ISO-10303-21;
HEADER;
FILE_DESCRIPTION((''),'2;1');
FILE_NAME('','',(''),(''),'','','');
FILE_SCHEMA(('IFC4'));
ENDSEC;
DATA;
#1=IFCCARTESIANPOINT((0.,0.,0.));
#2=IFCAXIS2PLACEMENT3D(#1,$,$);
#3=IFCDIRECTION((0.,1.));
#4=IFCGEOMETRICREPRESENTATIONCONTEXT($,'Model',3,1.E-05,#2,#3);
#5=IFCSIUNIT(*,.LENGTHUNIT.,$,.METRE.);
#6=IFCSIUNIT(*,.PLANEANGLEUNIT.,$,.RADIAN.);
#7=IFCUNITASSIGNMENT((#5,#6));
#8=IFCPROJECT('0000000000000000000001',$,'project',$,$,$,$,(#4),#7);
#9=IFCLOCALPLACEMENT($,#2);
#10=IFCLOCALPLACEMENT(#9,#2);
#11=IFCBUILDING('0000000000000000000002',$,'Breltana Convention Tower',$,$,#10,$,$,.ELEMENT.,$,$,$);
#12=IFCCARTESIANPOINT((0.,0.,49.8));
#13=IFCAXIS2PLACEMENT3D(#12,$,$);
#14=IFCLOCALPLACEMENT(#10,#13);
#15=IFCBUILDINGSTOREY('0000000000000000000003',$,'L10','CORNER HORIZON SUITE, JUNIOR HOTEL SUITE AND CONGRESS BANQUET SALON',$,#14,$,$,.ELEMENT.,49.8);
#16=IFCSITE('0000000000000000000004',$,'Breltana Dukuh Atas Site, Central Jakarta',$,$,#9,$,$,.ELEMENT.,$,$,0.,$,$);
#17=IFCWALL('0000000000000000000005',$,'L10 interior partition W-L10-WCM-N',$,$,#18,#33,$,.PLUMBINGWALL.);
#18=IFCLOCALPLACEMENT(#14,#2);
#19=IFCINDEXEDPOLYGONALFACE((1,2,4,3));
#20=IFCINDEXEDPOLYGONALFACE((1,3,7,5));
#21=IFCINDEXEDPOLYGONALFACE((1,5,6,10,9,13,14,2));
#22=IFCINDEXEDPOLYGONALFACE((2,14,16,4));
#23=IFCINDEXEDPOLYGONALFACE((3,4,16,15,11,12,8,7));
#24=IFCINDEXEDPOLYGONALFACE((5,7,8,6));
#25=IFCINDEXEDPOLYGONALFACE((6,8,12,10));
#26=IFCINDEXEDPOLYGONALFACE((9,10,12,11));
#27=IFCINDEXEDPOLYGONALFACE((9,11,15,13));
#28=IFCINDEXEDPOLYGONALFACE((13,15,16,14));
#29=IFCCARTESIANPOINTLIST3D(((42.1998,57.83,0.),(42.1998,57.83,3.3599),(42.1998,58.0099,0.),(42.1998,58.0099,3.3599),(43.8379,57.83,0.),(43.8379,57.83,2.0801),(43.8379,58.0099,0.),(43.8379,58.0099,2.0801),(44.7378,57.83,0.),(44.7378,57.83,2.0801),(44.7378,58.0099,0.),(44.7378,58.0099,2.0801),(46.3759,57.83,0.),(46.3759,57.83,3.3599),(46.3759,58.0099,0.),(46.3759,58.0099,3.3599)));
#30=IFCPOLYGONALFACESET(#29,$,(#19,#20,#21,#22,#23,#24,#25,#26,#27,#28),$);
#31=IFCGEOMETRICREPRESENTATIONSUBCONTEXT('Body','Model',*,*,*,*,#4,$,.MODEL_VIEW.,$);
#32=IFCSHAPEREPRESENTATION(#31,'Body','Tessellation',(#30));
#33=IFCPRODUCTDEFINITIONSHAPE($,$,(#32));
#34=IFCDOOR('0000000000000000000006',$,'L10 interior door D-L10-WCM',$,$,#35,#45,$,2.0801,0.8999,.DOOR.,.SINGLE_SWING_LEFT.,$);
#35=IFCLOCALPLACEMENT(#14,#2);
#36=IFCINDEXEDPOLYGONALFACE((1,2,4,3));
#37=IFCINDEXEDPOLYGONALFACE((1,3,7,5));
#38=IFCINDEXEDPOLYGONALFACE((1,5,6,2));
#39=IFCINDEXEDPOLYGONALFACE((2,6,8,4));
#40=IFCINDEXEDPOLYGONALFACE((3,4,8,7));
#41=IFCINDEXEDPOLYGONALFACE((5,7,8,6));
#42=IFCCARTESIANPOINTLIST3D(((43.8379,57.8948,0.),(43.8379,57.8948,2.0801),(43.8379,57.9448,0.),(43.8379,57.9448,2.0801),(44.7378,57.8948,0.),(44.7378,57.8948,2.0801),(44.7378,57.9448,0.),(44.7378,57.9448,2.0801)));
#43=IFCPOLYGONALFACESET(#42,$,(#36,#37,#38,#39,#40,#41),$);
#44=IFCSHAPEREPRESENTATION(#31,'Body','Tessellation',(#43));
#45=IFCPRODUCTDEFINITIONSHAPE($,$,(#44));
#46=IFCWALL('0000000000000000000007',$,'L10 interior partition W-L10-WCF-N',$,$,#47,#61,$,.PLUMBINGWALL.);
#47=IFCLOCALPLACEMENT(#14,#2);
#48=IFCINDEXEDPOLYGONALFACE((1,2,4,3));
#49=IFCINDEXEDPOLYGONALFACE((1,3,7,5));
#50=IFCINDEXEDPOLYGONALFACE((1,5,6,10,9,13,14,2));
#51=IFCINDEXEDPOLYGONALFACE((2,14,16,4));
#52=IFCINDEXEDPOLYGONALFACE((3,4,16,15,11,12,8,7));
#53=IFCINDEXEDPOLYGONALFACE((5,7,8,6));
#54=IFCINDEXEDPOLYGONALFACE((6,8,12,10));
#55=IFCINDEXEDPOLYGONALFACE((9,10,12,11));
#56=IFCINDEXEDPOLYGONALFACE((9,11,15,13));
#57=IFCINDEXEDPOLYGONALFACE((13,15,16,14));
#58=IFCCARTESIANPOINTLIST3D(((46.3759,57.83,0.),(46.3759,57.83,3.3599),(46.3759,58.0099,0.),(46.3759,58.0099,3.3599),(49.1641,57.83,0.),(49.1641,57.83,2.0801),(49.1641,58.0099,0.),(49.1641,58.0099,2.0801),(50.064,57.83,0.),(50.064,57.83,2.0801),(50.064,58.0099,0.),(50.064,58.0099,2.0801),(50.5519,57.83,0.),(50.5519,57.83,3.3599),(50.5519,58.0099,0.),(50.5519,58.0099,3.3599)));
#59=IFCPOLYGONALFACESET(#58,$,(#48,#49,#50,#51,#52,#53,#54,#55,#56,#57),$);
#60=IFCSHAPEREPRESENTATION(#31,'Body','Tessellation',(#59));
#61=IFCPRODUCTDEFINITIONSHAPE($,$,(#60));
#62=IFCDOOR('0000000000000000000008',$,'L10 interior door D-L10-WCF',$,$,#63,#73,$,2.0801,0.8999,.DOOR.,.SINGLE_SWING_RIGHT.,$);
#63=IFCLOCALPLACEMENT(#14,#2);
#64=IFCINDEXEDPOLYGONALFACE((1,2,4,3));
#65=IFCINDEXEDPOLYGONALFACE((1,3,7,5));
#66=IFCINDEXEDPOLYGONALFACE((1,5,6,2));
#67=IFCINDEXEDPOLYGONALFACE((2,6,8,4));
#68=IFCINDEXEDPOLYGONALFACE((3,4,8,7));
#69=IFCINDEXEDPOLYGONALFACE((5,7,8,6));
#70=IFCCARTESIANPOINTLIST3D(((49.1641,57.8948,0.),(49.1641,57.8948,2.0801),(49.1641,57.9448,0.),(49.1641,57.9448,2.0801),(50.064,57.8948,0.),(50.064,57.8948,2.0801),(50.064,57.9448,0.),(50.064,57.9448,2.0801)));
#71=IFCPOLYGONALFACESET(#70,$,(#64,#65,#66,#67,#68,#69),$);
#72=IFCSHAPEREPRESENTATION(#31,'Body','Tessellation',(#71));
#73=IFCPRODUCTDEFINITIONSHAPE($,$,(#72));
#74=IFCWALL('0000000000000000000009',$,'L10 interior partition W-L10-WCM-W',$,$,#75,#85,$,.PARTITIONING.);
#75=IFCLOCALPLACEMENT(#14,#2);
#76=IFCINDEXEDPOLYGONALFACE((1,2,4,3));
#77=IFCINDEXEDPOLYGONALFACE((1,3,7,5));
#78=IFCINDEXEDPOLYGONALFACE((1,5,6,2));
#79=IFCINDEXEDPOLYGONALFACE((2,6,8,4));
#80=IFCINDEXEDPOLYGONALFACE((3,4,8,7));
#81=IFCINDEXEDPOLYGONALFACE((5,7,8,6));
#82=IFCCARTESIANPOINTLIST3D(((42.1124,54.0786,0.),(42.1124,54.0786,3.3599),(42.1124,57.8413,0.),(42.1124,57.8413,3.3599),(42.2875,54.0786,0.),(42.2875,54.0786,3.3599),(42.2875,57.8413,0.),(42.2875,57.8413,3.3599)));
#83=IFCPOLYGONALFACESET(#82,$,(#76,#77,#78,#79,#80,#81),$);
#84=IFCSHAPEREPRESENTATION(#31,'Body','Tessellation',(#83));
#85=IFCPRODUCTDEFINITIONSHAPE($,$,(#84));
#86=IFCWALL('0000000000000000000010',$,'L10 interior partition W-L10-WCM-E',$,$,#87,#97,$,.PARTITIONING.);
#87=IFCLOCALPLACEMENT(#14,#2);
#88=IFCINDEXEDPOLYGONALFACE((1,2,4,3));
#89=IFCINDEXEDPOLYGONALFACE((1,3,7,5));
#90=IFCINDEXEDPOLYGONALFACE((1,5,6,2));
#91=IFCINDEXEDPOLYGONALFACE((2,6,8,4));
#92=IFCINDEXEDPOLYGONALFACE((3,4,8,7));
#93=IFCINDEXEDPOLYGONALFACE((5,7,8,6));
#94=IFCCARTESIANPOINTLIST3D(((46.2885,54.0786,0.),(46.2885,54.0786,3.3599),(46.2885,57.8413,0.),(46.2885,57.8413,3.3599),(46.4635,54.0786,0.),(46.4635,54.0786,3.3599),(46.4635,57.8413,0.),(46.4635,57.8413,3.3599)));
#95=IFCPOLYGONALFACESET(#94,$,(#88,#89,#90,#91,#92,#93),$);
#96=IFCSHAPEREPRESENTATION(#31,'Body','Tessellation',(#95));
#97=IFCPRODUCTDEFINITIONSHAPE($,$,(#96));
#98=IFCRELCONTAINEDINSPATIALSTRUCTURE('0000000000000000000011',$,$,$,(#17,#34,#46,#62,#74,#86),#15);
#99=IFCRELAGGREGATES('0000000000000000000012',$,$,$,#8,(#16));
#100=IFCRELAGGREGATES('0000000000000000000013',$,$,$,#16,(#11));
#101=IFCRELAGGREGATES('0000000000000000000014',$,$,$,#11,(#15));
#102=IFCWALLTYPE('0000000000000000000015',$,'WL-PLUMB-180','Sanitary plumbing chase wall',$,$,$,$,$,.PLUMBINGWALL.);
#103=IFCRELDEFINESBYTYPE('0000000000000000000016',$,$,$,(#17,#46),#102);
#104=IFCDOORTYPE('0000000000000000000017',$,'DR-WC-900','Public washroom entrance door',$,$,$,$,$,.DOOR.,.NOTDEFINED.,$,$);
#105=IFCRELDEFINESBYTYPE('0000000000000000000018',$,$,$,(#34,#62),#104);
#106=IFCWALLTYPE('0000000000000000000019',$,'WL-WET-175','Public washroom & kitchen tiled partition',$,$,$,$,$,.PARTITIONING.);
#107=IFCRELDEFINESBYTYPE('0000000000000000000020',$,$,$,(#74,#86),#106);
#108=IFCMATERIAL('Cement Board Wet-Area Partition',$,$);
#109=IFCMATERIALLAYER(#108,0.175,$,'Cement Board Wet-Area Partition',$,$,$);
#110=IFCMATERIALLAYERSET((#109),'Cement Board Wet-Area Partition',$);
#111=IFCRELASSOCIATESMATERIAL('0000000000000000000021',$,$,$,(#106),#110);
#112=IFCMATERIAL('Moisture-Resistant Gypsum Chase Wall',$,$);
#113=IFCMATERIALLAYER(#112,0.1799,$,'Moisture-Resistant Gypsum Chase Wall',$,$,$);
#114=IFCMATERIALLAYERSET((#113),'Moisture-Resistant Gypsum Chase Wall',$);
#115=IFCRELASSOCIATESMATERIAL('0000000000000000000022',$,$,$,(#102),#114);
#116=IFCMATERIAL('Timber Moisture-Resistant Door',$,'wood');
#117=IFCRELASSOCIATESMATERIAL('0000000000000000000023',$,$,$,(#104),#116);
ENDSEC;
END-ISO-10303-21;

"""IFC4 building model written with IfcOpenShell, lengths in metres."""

from ifc_helpers import new_model, si_unit, direction, frame, frame_2d, origin, place, context, subcontext, project, spatial, rectangle, extrude, source, transform, mapped, material, layer, layer_set, type_object, type_shapes, element, fill, save


model = new_model("IFC4")

# Units and contexts
model_context = context("Model", 3, precision=1e-05, world=origin(), true_north=direction((0.0, 1.0)))
body_context = subcontext(model_context, "Body", "Model", "MODEL_VIEW")
ifc_project = project(units=[si_unit("LENGTHUNIT", "METRE"), si_unit("PLANEANGLEUNIT", "RADIAN")], contexts=[model_context])

# Site, building, storey
site_placement = place(None, origin())
site = spatial("IfcSite", under=ifc_project, at=site_placement, Name="Breltana Dukuh Atas Site, Central Jakarta", CompositionType="ELEMENT", RefElevation=0.0)
building_placement = place(site_placement, origin())
building = spatial("IfcBuilding", under=site, at=building_placement, Name="Breltana Convention Tower", CompositionType="ELEMENT")
storey_placement = place(building_placement, frame((0.0, 0.0, 49.8)))
storey = spatial("IfcBuildingStorey", under=building, at=storey_placement, Name="L10", Description="CORNER HORIZON SUITE, JUNIOR HOTEL SUITE AND CONGRESS BANQUET SALON", CompositionType="ELEMENT", Elevation=49.8)

# Shared definitions
ifc_material_1 = material(Name="Cement Board Wet-Area Partition")
ifc_layer_1 = layer(ifc_material_1, 0.175, Name="Cement Board Wet-Area Partition")
ifc_layer_set_1 = layer_set([ifc_layer_1], Name="Cement Board Wet-Area Partition")
wall_type_1 = type_object("IfcWallType", Name="WL-WET-175", Description="Public washroom & kitchen tiled partition", PredefinedType="PARTITIONING", material=ifc_layer_set_1)

# Walls, openings, doors
ifc_material_2 = material(Name="Moisture-Resistant Gypsum Chase Wall")
ifc_layer_2 = layer(ifc_material_2, 0.1799, Name="Moisture-Resistant Gypsum Chase Wall")
ifc_layer_set_2 = layer_set([ifc_layer_2], Name="Moisture-Resistant Gypsum Chase Wall")
wall_type_2 = type_object("IfcWallType", Name="WL-PLUMB-180", Description="Sanitary plumbing chase wall", PredefinedType="PLUMBINGWALL", material=ifc_layer_set_2)
shared_shape_1 = source(origin(), body_context, "Body", "SweptSolid", [
    extrude(rectangle(XDim=4.176, YDim=0.1799, at=frame_2d((2.0879, 0.0))), origin(), (0.0, 0.0, 1.0), 3.3599),
])
wall_1_placement = place(storey_placement, frame((42.2, 57.9199, 0.0), z_axis=(0.0, 0.0, 1.0), x_axis=(1.0, 0.0, 0.0)))
wall_1 = element("IfcWall", 1, at=wall_1_placement, inside=storey, type_object=wall_type_2, Name="L10 interior partition W-L10-WCM-N", PredefinedType="PLUMBINGWALL", context=body_context, shape_type="MappedRepresentation", body=[
    mapped(shared_shape_1, transform((0.0, 0.0, 0.0), scale=1.0)),
])
opening_1_placement = place(wall_1_placement, frame((1.6379, 0.0, 0.0)))
opening_1 = element("IfcOpeningElement", 2, at=opening_1_placement, cuts=wall_1, PredefinedType="OPENING", context=body_context, shape_type="SweptSolid", body=[
    extrude(rectangle(XDim=0.8999, YDim=2.0801, at=frame_2d((0.45, 1.04))), frame((0.0, 0.1001, 0.0), z_axis=(0.0, -1.0, 0.0), x_axis=(1.0, 0.0, 0.0)), (0.0, 0.0, 1.0), 0.2),
])
ifc_material_3 = material(Name="Timber Moisture-Resistant Door", Category="wood")
door_type = type_object("IfcDoorType", Name="DR-WC-900", Description="Public washroom entrance door", OperationType="NOTDEFINED", PredefinedType="DOOR", material=ifc_material_3)
shared_shape_2 = source(origin(), body_context, "Body", "SweptSolid", [
    extrude(rectangle(XDim=0.8999, YDim=2.0801, at=frame_2d((0.45, 1.04))), frame((0.0, 0.0249, 0.0), z_axis=(0.0, -1.0, 0.0), x_axis=(1.0, 0.0, 0.0)), (0.0, 0.0, 1.0), 0.05),
])
type_shapes(door_type, [shared_shape_2])
door_1_placement = place(opening_1_placement, origin())
door_1 = element("IfcDoor", 3, at=door_1_placement, inside=storey, type_object=door_type, Name="L10 interior door D-L10-WCM", OperationType="SINGLE_SWING_LEFT", OverallHeight=2.0801, OverallWidth=0.8999, PredefinedType="DOOR", context=body_context, shape_type="MappedRepresentation", body=[
    mapped(shared_shape_2, transform((0.0, 0.0, 0.0), scale=1.0)),
])
fill(opening_1, door_1)
wall_2_placement = place(storey_placement, frame((46.376, 57.9199, 0.0), z_axis=(0.0, 0.0, 1.0), x_axis=(1.0, 0.0, 0.0)))
wall_2 = element("IfcWall", 4, at=wall_2_placement, inside=storey, type_object=wall_type_2, Name="L10 interior partition W-L10-WCF-N", PredefinedType="PLUMBINGWALL", context=body_context, shape_type="MappedRepresentation", body=[
    mapped(shared_shape_1, transform((0.0, 0.0, 0.0), scale=1.0)),
])
opening_2_placement = place(wall_2_placement, frame((2.7881, 0.0, 0.0)))
opening_2 = element("IfcOpeningElement", 5, at=opening_2_placement, cuts=wall_2, PredefinedType="OPENING", context=body_context, shape_type="SweptSolid", body=[
    extrude(rectangle(XDim=0.8999, YDim=2.0801, at=frame_2d((0.45, 1.04))), frame((0.0, 0.1001, 0.0), z_axis=(0.0, -1.0, 0.0), x_axis=(1.0, 0.0, 0.0)), (0.0, 0.0, 1.0), 0.2),
])
door_2_placement = place(opening_2_placement, origin())
door_2 = element("IfcDoor", 6, at=door_2_placement, inside=storey, type_object=door_type, Name="L10 interior door D-L10-WCF", OperationType="SINGLE_SWING_RIGHT", OverallHeight=2.0801, OverallWidth=0.8999, PredefinedType="DOOR", context=body_context, shape_type="MappedRepresentation", body=[
    mapped(shared_shape_2, transform((0.0, 0.0, 0.0), scale=1.0)),
])
fill(opening_2, door_2)

# Walls
shared_shape_3 = source(origin(), body_context, "Body", "SweptSolid", [
    extrude(rectangle(XDim=3.7627, YDim=0.175, at=frame_2d((1.8813, 0.0))), origin(), (0.0, 0.0, 1.0), 3.3599),
])
for number, where, z_axis, x_axis, name in (
    (7, (42.2, 54.0786, 0.0), (0.0, 0.0, 1.0), (0.0, 1.0, 0.0), "L10 interior partition W-L10-WCM-W"),
    (8, (46.376, 54.0786, 0.0), (0.0, 0.0, 1.0), (0.0, 1.0, 0.0), "L10 interior partition W-L10-WCM-E"),
):
    element("IfcWall", number, at=place(storey_placement, frame(where, z_axis=z_axis, x_axis=x_axis)), inside=storey, type_object=wall_type_1, Name=name, PredefinedType="PARTITIONING", context=body_context, shape_type="MappedRepresentation", body=[
        mapped(shared_shape_3, transform((0.0, 0.0, 0.0), scale=1.0)),
    ])

save(model, "model.ifc")
